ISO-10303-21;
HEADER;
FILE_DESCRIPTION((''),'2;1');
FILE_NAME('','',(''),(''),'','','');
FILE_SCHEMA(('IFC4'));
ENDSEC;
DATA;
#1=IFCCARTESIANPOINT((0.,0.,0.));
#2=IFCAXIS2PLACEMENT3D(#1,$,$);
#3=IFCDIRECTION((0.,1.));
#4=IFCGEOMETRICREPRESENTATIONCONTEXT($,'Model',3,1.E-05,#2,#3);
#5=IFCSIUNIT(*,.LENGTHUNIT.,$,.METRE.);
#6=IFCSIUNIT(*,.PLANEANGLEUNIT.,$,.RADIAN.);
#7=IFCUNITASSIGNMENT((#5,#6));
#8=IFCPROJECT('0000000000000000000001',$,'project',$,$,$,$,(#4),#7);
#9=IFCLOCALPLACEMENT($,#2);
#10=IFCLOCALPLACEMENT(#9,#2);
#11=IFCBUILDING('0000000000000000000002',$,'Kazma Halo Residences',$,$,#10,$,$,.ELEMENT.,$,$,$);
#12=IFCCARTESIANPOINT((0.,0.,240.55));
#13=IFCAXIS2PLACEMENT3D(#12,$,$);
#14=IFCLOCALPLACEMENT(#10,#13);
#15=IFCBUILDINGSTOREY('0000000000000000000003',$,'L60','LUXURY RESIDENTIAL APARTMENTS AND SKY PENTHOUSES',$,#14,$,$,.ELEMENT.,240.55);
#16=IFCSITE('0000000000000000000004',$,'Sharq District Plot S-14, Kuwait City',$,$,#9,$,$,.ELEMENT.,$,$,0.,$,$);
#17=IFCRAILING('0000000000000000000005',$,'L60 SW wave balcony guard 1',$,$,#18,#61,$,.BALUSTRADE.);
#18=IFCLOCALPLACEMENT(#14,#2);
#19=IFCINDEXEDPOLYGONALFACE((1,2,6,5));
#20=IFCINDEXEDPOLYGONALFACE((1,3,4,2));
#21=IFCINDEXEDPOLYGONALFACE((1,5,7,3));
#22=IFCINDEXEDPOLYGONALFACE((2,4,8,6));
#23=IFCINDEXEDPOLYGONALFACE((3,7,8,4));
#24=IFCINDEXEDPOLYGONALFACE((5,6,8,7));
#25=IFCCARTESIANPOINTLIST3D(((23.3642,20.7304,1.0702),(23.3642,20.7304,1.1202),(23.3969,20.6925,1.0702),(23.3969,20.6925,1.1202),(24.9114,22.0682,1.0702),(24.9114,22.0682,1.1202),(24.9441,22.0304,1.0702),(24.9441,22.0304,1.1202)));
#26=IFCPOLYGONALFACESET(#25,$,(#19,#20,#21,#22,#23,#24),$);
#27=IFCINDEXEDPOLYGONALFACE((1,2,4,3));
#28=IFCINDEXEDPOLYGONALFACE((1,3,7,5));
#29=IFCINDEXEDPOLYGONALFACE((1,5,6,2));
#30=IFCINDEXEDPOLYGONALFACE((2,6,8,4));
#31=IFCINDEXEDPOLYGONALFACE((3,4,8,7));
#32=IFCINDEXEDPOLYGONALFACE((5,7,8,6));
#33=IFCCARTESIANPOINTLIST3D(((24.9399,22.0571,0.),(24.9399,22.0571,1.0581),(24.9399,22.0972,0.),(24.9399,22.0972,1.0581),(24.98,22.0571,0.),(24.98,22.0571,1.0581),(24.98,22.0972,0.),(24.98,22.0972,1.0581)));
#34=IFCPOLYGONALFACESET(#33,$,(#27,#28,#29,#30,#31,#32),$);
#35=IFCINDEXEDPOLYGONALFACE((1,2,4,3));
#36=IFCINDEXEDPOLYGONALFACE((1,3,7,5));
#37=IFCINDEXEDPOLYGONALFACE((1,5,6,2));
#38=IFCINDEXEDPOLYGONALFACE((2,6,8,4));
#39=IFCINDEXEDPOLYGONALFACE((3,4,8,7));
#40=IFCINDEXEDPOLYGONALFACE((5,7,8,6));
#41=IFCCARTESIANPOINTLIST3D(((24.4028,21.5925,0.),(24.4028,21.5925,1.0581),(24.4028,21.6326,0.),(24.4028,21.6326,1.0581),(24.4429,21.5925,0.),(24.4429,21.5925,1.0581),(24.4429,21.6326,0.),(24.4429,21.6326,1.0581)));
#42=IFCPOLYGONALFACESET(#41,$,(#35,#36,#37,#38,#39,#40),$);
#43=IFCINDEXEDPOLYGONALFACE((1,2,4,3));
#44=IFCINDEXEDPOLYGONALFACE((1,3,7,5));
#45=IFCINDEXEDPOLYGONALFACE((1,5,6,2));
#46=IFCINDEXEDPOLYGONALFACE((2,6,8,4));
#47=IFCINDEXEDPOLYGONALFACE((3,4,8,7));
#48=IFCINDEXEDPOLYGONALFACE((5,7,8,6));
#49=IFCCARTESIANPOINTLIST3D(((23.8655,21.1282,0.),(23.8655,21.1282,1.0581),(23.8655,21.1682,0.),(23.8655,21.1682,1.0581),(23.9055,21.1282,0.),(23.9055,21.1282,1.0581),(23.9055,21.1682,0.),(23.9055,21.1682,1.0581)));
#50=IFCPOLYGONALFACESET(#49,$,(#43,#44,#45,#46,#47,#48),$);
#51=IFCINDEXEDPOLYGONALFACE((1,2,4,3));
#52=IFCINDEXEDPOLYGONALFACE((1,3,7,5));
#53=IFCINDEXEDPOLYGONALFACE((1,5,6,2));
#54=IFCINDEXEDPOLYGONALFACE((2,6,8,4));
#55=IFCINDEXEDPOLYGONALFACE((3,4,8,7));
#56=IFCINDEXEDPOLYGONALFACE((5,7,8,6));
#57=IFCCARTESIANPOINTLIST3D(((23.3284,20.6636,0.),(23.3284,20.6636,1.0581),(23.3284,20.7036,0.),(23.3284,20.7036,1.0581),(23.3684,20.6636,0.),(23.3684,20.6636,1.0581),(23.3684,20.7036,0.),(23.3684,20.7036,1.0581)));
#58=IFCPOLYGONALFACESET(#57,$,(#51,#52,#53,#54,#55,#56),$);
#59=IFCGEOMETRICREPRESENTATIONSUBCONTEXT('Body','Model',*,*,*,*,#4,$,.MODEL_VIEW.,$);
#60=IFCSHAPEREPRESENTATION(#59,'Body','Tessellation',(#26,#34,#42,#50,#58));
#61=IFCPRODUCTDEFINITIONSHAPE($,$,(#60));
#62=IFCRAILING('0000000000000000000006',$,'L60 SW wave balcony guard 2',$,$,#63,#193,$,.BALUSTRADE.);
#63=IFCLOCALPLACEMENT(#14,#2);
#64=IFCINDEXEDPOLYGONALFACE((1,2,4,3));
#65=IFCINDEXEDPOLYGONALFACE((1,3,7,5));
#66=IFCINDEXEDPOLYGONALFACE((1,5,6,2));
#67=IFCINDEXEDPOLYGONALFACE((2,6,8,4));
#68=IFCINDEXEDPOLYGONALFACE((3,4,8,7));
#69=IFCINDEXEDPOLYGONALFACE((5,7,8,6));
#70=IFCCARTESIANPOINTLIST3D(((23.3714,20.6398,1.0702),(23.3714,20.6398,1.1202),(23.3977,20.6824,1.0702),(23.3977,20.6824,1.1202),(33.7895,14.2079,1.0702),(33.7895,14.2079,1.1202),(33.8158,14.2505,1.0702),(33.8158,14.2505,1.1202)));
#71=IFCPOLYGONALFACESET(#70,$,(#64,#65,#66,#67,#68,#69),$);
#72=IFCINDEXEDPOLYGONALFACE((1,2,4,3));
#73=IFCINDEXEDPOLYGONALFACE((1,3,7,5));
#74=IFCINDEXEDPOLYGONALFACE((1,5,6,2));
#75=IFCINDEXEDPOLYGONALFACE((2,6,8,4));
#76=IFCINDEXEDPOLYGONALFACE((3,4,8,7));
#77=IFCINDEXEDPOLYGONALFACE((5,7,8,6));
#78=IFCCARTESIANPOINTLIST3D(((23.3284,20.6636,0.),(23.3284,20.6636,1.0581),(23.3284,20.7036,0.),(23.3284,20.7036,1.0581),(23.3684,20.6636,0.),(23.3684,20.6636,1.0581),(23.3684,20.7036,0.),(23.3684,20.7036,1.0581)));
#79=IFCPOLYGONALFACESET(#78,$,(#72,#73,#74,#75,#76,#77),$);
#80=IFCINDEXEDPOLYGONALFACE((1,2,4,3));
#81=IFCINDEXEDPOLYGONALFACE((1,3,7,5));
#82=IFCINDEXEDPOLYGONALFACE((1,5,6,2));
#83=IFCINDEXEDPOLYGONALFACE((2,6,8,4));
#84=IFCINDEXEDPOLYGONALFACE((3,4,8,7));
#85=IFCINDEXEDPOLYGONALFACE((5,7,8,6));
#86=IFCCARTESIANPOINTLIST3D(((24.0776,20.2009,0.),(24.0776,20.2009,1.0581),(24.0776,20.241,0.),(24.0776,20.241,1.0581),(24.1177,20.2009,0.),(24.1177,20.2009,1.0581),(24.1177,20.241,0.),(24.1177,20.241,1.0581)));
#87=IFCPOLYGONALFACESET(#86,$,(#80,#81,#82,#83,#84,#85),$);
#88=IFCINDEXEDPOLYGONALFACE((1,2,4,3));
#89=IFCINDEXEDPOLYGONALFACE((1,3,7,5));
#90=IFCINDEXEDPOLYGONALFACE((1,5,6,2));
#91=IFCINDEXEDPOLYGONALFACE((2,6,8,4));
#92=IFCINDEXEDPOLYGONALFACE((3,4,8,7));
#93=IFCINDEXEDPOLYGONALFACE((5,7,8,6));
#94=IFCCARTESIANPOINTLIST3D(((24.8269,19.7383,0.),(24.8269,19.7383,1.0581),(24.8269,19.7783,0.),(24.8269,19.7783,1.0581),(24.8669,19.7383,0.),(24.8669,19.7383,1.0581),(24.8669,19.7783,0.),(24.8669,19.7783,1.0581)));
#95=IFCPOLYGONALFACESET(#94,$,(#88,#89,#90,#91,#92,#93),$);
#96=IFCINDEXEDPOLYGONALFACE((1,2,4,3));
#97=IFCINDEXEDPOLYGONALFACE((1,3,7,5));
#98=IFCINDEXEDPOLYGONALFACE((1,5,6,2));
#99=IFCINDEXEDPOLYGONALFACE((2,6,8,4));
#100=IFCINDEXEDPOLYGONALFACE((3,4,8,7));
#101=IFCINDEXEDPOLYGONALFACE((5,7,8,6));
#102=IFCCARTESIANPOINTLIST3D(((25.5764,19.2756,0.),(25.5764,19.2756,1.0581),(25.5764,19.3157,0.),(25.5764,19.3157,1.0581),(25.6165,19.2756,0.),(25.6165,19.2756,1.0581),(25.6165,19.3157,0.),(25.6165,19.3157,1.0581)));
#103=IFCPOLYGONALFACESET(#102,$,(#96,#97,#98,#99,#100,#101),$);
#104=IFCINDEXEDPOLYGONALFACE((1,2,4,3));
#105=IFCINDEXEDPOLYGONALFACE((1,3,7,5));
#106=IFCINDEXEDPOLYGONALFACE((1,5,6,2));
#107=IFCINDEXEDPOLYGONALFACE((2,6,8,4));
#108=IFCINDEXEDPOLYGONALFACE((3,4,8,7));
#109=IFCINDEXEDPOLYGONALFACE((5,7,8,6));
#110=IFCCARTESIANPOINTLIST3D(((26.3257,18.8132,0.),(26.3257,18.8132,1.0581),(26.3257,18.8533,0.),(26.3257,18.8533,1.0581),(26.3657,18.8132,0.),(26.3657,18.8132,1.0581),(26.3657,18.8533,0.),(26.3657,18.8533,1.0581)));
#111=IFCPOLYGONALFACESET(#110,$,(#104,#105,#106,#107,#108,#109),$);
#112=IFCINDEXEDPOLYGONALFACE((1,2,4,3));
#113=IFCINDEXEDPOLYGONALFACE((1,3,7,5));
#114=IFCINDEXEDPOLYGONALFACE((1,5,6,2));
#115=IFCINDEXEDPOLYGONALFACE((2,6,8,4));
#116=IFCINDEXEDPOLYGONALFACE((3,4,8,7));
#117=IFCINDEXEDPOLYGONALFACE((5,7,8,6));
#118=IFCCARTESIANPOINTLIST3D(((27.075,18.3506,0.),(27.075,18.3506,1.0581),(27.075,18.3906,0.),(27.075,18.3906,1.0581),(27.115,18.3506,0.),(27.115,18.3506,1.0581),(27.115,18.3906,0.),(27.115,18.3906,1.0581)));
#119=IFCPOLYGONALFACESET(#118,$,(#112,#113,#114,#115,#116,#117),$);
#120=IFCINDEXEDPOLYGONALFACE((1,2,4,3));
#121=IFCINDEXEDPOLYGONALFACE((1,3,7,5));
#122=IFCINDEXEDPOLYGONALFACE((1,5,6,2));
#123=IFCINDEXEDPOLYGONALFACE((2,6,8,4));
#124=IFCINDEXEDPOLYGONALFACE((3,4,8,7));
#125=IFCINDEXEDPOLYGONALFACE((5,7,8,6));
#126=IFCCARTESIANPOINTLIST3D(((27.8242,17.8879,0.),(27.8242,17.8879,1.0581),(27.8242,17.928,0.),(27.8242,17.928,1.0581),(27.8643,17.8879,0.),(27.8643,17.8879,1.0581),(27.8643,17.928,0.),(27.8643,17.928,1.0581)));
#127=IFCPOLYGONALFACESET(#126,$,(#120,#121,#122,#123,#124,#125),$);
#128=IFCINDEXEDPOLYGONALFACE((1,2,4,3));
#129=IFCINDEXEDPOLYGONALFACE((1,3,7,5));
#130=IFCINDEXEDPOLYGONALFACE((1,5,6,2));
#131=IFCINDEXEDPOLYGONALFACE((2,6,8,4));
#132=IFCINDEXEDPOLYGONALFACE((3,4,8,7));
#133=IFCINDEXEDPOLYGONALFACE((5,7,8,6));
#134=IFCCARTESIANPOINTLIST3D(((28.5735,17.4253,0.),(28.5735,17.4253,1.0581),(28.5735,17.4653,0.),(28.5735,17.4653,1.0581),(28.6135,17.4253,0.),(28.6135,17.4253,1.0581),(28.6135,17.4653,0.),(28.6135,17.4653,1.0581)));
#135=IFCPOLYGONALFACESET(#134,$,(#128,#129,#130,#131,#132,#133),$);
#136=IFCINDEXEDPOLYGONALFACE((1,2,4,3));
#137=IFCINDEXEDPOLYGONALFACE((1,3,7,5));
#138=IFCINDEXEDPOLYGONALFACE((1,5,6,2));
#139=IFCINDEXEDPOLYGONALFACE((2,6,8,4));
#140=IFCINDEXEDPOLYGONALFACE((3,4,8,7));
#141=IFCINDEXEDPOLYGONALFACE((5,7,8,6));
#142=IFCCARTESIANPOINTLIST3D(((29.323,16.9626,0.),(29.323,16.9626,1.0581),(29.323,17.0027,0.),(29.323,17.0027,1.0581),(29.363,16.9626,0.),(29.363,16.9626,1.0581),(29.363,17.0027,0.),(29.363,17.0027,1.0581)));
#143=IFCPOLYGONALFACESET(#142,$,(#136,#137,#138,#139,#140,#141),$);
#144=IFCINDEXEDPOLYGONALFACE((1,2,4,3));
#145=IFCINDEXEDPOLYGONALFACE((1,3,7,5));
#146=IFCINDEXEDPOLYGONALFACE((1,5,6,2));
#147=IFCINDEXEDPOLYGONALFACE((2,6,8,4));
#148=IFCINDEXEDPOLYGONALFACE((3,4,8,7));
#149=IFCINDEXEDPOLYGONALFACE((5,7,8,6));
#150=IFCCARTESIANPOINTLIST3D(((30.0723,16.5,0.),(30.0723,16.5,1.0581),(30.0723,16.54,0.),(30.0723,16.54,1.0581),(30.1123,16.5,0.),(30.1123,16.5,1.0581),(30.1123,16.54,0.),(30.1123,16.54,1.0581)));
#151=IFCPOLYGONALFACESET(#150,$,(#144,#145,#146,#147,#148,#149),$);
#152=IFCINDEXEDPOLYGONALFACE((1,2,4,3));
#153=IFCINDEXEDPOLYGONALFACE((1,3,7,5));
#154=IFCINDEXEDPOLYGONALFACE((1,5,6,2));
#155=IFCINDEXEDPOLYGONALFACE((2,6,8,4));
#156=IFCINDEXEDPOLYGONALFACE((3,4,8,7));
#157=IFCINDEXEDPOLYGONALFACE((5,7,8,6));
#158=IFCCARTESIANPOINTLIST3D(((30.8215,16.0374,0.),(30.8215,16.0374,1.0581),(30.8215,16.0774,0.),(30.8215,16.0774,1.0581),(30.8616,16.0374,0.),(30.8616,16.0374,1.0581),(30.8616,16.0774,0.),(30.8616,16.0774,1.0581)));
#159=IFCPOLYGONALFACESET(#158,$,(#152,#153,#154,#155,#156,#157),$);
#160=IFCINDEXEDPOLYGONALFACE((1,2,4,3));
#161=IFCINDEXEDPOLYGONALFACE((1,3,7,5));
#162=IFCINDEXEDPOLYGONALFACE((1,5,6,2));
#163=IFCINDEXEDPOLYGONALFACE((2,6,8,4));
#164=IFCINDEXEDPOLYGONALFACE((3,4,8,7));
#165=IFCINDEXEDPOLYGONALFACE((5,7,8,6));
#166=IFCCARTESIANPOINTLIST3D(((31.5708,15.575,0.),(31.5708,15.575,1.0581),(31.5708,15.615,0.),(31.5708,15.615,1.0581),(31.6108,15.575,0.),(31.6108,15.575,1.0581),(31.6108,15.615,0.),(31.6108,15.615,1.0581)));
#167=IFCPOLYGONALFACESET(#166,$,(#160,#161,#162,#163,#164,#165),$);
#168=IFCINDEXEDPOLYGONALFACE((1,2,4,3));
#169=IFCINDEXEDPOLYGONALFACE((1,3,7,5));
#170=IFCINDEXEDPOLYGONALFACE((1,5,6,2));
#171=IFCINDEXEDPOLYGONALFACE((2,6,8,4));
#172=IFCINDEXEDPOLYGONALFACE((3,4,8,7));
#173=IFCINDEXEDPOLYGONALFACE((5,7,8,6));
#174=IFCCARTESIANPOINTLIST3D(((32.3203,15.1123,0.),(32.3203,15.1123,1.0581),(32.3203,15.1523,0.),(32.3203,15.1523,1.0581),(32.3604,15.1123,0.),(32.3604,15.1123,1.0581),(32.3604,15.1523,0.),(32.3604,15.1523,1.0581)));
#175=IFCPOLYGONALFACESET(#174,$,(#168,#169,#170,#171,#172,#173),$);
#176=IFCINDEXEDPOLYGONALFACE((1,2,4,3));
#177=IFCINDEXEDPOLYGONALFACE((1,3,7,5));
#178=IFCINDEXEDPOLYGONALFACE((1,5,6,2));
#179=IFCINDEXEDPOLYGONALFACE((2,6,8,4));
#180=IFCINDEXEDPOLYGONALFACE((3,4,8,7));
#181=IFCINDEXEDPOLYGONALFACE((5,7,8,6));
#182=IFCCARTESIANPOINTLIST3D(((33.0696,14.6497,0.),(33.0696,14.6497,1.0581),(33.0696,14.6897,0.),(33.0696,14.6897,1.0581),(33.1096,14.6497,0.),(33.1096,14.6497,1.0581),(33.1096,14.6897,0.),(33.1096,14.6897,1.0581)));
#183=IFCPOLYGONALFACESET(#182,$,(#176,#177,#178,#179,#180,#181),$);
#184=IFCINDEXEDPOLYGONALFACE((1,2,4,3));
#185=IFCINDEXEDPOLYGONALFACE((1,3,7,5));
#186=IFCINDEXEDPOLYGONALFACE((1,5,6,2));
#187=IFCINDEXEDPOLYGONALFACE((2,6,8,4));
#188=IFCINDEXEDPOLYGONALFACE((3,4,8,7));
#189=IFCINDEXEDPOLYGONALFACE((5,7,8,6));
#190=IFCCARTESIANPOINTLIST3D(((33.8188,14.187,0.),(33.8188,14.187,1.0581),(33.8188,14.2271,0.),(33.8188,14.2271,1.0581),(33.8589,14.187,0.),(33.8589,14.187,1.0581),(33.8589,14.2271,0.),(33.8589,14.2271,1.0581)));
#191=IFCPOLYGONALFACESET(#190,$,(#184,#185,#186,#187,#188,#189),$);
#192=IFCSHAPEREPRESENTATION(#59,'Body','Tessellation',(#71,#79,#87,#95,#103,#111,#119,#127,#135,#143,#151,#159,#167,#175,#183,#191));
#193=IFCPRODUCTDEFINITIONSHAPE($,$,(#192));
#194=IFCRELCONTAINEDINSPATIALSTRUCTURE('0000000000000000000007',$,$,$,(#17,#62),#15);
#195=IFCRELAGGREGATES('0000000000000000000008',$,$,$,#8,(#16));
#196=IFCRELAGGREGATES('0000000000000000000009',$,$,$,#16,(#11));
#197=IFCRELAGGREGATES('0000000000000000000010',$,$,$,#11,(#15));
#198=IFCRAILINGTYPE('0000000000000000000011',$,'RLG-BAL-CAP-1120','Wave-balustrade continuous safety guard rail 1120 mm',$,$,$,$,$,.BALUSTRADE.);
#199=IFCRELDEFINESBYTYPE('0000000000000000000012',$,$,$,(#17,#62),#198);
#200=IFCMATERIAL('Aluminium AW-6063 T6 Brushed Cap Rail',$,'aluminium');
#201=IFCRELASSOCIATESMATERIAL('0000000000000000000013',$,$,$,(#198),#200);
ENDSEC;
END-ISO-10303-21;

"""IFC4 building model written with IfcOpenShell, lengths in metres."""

from ifc_helpers import new_model, si_unit, direction, frame, origin, origin_2d, place, context, subcontext, project, spatial, rectangle, extrude, material, type_object, element, save


model = new_model("IFC4")

# Units and contexts
model_context = context("Model", 3, precision=1e-05, world=origin(), true_north=direction((0.0, 1.0)))
body_context = subcontext(model_context, "Body", "Model", "MODEL_VIEW")
ifc_project = project(units=[si_unit("LENGTHUNIT", "METRE"), si_unit("PLANEANGLEUNIT", "RADIAN")], contexts=[model_context])

# Site, building, storey
site_placement = place(None, origin())
site = spatial("IfcSite", under=ifc_project, at=site_placement, Name="Sharq District Plot S-14, Kuwait City", CompositionType="ELEMENT", RefElevation=0.0)
building_placement = place(site_placement, origin())
building = spatial("IfcBuilding", under=site, at=building_placement, Name="Kazma Halo Residences", CompositionType="ELEMENT")
storey_placement = place(building_placement, frame((0.0, 0.0, 240.55)))
storey = spatial("IfcBuildingStorey", under=building, at=storey_placement, Name="L60", Description="LUXURY RESIDENTIAL APARTMENTS AND SKY PENTHOUSES", CompositionType="ELEMENT", Elevation=240.55)

# Railings
ifc_material_1 = material(Name="Aluminium AW-6063 T6 Brushed Cap Rail", Category="aluminium")
railing_type = type_object("IfcRailingType", Name="RLG-BAL-CAP-1120", Description="Wave-balustrade continuous safety guard rail 1120 mm", PredefinedType="BALUSTRADE", material=ifc_material_1)
railing_1_placement = place(storey_placement, frame((24.96, 22.0771, 0.0)))
element("IfcRailing", 1, at=railing_1_placement, inside=storey, type_object=railing_type, Name="L60 SW wave balcony guard 1", PredefinedType="BALUSTRADE", context=body_context, shape_type="SweptSolid", body=[
    extrude(rectangle(XDim=0.05, YDim=0.05, at=origin_2d()), frame((-0.0322, -0.0278, 1.0952), z_axis=(-0.756418, -0.654088, 0.0), x_axis=(0.654088, -0.756418, 0.0)), (0.0, 0.0, 1.0), 2.0454),
    extrude(rectangle(XDim=0.04, YDim=0.04, at=origin_2d()), origin(), (0.0, 0.0, 1.0), 1.0581),
    extrude(rectangle(XDim=0.04, YDim=0.04, at=origin_2d()), frame((-0.5371, -0.4646, 0.0)), (0.0, 0.0, 1.0), 1.0581),
    extrude(rectangle(XDim=0.04, YDim=0.04, at=origin_2d()), frame((-1.0745, -0.929, 0.0)), (0.0, 0.0, 1.0), 1.0581),
    extrude(rectangle(XDim=0.04, YDim=0.04, at=origin_2d()), frame((-1.6116, -1.3936, 0.0)), (0.0, 0.0, 1.0), 1.0581),
])
railing_2_placement = place(storey_placement, frame((23.3484, 20.6836, 0.0)))
element("IfcRailing", 2, at=railing_2_placement, inside=storey, type_object=railing_type, Name="L60 SW wave balcony guard 2", PredefinedType="BALUSTRADE", context=body_context, shape_type="SweptSolid", body=[
    extrude(rectangle(XDim=0.05, YDim=0.05, at=origin_2d()), frame((0.0361, -0.0225, 1.0952), z_axis=(0.850901, -0.525325, 0.0), x_axis=(0.525325, 0.850901, 0.0)), (0.0, 0.0, 1.0), 12.2437),
    extrude(rectangle(XDim=0.04, YDim=0.04, at=origin_2d()), origin(), (0.0, 0.0, 1.0), 1.0581),
    extrude(rectangle(XDim=0.04, YDim=0.04, at=origin_2d()), frame((0.7493, -0.4626, 0.0)), (0.0, 0.0, 1.0), 1.0581),
    extrude(rectangle(XDim=0.04, YDim=0.04, at=origin_2d()), frame((1.4985, -0.9253, 0.0)), (0.0, 0.0, 1.0), 1.0581),
    extrude(rectangle(XDim=0.04, YDim=0.04, at=origin_2d()), frame((2.248, -1.3879, 0.0)), (0.0, 0.0, 1.0), 1.0581),
    extrude(rectangle(XDim=0.04, YDim=0.04, at=origin_2d()), frame((2.9973, -1.8503, 0.0)), (0.0, 0.0, 1.0), 1.0581),
    extrude(rectangle(XDim=0.04, YDim=0.04, at=origin_2d()), frame((3.7466, -2.313, 0.0)), (0.0, 0.0, 1.0), 1.0581),
    extrude(rectangle(XDim=0.04, YDim=0.04, at=origin_2d()), frame((4.4958, -2.7756, 0.0)), (0.0, 0.0, 1.0), 1.0581),
    extrude(rectangle(XDim=0.04, YDim=0.04, at=origin_2d()), frame((5.2451, -3.2383, 0.0)), (0.0, 0.0, 1.0), 1.0581),
    extrude(rectangle(XDim=0.04, YDim=0.04, at=origin_2d()), frame((5.9946, -3.7009, 0.0)), (0.0, 0.0, 1.0), 1.0581),
    extrude(rectangle(XDim=0.04, YDim=0.04, at=origin_2d()), frame((6.7439, -4.1636, 0.0)), (0.0, 0.0, 1.0), 1.0581),
    extrude(rectangle(XDim=0.04, YDim=0.04, at=origin_2d()), frame((7.4932, -4.6262, 0.0)), (0.0, 0.0, 1.0), 1.0581),
    extrude(rectangle(XDim=0.04, YDim=0.04, at=origin_2d()), frame((8.2424, -5.0886, 0.0)), (0.0, 0.0, 1.0), 1.0581),
    extrude(rectangle(XDim=0.04, YDim=0.04, at=origin_2d()), frame((8.9919, -5.5513, 0.0)), (0.0, 0.0, 1.0), 1.0581),
    extrude(rectangle(XDim=0.04, YDim=0.04, at=origin_2d()), frame((9.7412, -6.0139, 0.0)), (0.0, 0.0, 1.0), 1.0581),
    extrude(rectangle(XDim=0.04, YDim=0.04, at=origin_2d()), frame((10.4905, -6.4766, 0.0)), (0.0, 0.0, 1.0), 1.0581),
])

save(model, "model.ifc")
